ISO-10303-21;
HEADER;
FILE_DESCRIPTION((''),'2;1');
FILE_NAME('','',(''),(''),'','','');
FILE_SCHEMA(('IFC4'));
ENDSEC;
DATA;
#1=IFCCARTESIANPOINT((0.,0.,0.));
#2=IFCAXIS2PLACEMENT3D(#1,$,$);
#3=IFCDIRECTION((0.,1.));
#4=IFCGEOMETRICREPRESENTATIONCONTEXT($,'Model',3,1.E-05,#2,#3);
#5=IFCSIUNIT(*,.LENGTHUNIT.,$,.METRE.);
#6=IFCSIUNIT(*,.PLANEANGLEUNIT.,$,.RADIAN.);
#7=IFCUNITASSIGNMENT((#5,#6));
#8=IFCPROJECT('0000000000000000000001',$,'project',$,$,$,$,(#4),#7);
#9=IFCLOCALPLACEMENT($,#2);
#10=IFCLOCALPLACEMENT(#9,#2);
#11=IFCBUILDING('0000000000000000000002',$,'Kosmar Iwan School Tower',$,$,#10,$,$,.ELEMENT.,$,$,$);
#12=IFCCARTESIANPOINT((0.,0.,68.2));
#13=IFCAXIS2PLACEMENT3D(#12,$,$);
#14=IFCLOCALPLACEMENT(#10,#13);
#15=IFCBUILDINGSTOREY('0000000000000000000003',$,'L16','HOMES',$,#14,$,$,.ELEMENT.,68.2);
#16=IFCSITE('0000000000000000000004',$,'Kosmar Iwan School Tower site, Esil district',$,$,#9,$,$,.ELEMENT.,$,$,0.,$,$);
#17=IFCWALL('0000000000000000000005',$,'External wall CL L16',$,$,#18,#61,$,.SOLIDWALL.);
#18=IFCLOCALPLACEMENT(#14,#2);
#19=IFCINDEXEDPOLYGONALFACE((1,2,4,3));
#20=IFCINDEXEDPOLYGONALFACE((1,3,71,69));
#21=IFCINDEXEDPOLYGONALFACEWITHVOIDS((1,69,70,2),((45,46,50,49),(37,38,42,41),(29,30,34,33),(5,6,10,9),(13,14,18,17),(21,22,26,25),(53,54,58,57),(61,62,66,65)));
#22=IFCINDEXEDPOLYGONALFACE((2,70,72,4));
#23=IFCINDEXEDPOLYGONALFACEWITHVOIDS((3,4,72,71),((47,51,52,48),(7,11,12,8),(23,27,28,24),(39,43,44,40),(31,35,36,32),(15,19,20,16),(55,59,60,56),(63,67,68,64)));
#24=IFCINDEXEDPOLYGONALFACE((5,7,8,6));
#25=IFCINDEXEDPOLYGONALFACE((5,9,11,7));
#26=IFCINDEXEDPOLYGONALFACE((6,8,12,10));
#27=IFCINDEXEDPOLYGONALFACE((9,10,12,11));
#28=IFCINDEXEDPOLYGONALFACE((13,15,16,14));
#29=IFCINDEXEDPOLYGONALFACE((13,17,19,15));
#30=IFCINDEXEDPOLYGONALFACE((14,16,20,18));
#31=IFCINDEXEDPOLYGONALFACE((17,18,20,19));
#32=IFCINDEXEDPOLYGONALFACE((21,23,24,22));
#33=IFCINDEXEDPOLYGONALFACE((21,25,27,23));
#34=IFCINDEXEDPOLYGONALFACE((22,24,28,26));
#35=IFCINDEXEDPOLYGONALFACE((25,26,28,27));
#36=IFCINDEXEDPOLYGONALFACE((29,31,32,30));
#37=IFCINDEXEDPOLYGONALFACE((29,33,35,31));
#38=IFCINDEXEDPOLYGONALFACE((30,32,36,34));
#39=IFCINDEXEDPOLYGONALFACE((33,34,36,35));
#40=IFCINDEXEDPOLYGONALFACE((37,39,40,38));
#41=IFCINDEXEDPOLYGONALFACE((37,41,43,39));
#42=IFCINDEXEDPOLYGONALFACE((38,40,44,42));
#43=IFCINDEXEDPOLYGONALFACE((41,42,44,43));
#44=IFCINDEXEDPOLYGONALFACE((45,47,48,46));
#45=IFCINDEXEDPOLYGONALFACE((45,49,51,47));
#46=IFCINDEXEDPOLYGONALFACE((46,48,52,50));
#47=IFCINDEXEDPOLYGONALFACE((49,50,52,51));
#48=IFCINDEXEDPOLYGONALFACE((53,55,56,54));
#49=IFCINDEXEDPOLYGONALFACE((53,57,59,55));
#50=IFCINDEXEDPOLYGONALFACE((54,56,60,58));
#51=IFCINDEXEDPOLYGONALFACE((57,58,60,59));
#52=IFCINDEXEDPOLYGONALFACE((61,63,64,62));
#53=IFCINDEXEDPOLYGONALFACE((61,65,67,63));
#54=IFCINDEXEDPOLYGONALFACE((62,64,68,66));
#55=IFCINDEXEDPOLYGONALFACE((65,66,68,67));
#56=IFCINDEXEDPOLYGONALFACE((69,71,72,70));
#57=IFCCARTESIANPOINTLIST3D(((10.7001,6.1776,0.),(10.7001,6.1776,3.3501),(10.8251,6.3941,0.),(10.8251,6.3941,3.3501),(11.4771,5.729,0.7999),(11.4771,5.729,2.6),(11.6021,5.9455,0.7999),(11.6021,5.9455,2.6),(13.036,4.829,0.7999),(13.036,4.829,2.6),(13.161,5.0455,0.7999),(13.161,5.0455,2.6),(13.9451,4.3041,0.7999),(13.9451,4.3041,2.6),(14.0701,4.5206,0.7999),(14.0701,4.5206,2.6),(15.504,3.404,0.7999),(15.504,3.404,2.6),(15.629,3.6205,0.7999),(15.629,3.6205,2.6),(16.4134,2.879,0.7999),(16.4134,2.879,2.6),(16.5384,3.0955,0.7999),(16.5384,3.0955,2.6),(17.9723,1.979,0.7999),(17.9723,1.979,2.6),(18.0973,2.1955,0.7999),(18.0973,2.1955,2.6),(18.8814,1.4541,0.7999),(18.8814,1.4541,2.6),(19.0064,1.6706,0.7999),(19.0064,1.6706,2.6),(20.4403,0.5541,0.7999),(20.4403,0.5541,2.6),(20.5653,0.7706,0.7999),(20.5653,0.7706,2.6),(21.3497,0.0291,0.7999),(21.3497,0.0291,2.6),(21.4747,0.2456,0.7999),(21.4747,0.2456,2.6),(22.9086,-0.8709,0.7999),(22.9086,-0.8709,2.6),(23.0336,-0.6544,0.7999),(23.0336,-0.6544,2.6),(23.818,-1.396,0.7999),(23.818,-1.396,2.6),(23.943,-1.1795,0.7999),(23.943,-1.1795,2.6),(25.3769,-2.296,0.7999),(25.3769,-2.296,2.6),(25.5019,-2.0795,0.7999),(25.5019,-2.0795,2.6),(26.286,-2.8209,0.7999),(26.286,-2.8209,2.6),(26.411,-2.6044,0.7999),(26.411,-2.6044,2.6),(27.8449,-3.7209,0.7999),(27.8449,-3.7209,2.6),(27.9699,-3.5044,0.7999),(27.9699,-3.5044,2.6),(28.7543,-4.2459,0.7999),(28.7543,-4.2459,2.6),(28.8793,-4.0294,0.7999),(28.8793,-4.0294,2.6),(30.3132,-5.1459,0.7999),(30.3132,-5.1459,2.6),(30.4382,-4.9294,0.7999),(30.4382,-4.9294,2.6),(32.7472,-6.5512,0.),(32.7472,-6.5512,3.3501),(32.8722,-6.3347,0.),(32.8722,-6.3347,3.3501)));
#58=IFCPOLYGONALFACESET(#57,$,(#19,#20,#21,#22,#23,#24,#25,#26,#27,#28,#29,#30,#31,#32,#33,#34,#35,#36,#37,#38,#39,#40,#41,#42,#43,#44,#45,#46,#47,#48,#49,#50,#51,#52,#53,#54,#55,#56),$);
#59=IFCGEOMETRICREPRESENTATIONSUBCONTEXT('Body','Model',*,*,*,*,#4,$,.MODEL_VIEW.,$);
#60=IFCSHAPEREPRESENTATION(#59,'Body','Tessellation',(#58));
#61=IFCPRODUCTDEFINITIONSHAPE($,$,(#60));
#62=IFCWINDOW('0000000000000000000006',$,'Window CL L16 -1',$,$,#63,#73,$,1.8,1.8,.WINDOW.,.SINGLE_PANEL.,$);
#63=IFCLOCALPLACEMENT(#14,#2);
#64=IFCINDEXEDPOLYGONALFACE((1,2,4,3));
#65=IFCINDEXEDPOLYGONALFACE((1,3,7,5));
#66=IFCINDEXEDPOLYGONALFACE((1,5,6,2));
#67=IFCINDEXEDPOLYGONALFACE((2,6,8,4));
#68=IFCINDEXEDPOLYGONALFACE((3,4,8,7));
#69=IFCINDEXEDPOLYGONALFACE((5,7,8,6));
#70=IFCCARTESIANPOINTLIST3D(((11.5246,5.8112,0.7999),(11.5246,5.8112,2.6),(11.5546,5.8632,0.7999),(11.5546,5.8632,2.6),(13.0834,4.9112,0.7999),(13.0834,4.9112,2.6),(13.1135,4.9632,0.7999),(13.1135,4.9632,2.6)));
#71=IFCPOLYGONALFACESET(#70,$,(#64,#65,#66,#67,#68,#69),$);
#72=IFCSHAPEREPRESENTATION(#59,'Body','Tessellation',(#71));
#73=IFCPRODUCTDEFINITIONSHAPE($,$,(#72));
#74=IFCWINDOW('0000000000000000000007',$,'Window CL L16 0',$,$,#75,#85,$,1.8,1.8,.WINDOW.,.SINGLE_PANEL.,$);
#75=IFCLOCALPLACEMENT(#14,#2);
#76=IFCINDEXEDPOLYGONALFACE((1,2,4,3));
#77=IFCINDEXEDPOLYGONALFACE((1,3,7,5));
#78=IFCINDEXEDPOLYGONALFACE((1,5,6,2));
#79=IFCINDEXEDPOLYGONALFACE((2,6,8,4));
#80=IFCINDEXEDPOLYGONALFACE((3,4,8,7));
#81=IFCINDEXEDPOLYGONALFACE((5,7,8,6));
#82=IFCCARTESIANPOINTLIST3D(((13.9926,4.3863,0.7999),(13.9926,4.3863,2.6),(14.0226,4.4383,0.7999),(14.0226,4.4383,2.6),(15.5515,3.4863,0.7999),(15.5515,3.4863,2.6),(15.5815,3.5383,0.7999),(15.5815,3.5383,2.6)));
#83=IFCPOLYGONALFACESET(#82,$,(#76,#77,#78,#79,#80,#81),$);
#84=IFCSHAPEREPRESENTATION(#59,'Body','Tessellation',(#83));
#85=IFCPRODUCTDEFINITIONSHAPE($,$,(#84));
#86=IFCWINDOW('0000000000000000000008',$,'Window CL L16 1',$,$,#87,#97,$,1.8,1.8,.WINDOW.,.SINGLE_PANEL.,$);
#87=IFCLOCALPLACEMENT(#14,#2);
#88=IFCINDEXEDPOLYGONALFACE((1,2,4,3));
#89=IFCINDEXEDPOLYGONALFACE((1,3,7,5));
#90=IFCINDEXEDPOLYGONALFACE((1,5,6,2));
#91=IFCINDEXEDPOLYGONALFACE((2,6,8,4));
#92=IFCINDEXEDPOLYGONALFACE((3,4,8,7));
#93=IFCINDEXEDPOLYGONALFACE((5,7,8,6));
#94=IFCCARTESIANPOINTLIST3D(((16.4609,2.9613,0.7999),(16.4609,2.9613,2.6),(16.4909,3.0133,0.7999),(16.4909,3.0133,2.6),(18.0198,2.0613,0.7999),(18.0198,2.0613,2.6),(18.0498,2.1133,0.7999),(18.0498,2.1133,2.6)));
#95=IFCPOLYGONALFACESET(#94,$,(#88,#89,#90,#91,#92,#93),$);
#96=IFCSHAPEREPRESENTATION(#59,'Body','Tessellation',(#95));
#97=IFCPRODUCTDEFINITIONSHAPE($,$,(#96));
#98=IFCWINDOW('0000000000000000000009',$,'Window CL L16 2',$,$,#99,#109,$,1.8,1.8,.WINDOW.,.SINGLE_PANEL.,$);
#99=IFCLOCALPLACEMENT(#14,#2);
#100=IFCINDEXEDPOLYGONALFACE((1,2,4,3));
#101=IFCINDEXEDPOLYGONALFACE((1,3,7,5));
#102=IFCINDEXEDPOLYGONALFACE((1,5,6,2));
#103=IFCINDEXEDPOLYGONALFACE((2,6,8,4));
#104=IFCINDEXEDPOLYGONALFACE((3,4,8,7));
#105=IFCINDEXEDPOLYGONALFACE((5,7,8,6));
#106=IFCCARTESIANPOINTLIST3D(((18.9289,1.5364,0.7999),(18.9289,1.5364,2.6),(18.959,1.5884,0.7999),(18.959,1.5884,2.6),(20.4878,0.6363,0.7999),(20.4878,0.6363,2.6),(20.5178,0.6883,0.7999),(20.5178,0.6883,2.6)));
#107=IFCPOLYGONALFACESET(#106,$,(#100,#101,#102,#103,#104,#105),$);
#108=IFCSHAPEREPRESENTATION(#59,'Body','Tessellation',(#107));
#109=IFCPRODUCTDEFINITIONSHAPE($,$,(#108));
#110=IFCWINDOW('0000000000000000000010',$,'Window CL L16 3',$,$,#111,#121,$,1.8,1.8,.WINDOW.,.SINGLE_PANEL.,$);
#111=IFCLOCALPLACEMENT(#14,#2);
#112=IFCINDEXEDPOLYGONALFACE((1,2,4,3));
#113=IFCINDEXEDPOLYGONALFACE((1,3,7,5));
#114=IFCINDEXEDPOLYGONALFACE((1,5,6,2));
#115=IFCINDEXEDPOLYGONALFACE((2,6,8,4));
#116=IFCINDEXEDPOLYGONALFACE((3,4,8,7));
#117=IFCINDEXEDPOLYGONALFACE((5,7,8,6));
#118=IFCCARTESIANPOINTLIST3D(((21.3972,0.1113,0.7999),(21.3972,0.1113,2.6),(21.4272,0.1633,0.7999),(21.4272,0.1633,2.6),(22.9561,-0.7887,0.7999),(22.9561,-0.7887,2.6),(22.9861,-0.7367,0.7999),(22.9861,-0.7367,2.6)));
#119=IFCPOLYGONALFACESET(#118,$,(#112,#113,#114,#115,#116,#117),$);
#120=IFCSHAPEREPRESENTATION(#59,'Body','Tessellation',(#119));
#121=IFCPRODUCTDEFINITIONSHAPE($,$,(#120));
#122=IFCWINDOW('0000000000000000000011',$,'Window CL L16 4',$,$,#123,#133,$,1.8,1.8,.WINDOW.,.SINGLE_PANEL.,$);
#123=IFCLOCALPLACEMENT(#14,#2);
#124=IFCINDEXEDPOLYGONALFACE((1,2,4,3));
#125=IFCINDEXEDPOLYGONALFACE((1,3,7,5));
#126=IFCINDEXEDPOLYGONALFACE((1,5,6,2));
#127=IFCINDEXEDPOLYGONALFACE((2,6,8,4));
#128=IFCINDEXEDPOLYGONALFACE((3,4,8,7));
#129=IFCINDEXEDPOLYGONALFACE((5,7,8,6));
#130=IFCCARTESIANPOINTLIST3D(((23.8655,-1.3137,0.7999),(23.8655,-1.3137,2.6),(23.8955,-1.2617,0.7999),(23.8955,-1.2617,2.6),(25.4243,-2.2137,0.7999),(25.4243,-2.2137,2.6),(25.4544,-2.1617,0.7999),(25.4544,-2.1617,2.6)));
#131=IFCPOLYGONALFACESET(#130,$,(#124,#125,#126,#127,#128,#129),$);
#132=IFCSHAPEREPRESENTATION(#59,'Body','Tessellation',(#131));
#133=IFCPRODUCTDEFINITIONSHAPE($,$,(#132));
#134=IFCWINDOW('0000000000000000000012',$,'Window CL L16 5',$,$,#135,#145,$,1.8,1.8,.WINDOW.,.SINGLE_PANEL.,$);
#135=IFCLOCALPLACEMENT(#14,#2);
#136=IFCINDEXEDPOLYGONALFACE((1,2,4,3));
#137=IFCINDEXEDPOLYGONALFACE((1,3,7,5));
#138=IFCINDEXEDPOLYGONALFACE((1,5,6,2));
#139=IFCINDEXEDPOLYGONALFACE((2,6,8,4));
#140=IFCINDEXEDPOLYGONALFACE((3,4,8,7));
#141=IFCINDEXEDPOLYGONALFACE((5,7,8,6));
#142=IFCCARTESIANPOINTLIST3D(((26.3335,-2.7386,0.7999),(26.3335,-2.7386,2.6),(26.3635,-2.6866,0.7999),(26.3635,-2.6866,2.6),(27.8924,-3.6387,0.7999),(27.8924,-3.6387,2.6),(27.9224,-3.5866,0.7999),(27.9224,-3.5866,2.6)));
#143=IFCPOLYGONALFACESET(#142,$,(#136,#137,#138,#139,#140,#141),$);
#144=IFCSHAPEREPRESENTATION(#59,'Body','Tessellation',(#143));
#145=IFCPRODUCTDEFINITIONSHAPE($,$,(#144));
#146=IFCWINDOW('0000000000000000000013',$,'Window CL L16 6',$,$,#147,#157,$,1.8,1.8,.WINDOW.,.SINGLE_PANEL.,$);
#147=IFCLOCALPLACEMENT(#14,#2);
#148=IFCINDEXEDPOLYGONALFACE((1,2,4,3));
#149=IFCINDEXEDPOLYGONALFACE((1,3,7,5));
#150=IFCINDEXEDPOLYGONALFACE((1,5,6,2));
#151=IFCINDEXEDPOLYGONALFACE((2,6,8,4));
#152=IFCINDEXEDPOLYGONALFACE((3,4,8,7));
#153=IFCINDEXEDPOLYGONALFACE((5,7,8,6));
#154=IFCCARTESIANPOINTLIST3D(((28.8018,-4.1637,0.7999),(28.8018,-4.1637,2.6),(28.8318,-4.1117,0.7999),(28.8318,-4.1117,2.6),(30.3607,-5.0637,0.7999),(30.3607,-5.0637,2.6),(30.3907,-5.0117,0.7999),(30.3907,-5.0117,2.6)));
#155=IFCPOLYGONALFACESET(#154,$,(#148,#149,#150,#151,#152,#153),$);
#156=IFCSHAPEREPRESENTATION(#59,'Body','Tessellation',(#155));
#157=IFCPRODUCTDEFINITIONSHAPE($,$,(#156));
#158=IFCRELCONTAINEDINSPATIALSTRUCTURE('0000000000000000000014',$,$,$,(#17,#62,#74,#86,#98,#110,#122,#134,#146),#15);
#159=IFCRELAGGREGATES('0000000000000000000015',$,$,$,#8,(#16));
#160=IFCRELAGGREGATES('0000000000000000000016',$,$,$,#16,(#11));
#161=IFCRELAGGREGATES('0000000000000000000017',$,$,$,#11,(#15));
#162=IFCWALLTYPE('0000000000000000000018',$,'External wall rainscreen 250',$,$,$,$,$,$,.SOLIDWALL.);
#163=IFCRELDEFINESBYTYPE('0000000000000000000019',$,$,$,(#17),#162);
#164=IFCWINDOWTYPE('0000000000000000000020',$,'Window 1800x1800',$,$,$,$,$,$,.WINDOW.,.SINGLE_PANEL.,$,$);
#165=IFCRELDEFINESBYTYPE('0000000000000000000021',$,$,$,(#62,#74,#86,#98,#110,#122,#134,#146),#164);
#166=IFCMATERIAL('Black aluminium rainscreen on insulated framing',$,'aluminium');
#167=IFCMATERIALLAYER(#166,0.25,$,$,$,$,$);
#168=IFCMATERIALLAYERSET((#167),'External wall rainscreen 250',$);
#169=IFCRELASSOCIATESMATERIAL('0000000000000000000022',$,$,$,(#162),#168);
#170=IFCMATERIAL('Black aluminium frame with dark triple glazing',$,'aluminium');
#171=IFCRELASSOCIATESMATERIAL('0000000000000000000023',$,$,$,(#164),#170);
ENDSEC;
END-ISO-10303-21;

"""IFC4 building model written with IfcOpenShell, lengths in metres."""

from ifc_helpers import new_model, si_unit, direction, frame, frame_2d, origin, place, context, subcontext, project, spatial, rectangle, extrude, material, layer, layer_set, type_object, element, fill, save


model = new_model("IFC4")

# Units and contexts
model_context = context("Model", 3, precision=1e-05, world=origin(), true_north=direction((0.0, 1.0)))
body_context = subcontext(model_context, "Body", "Model", "MODEL_VIEW")
ifc_project = project(units=[si_unit("LENGTHUNIT", "METRE"), si_unit("PLANEANGLEUNIT", "RADIAN")], contexts=[model_context])

# Site, building, storey
site_placement = place(None, origin())
site = spatial("IfcSite", under=ifc_project, at=site_placement, Name="Kosmar Iwan School Tower site, Esil district", CompositionType="ELEMENT", RefElevation=0.0)
building_placement = place(site_placement, origin())
building = spatial("IfcBuilding", under=site, at=building_placement, Name="Kosmar Iwan School Tower", CompositionType="ELEMENT")
storey_placement = place(building_placement, frame((0.0, 0.0, 68.2)))
storey = spatial("IfcBuildingStorey", under=building, at=storey_placement, Name="L16", Description="HOMES", CompositionType="ELEMENT", Elevation=68.2)

# Wall, openings, windows
ifc_material_1 = material(Name="Black aluminium rainscreen on insulated framing", Category="aluminium")
ifc_layer_1 = layer(ifc_material_1, 0.25)
ifc_layer_set_1 = layer_set([ifc_layer_1], Name="External wall rainscreen 250")
wall_type_1 = type_object("IfcWallType", Name="External wall rainscreen 250", PredefinedType="SOLIDWALL", material=ifc_layer_set_1)
wall_1_placement = place(storey_placement, frame((10.7625, 6.2859, 0.0), z_axis=(0.0, 0.0, 1.0), x_axis=(0.866028, -0.499996, 0.0)))
wall_1 = element("IfcWall", 1, at=wall_1_placement, inside=storey, type_object=wall_type_1, Name="External wall CL L16", PredefinedType="SOLIDWALL", context=body_context, shape_type="SweptSolid", body=[
    extrude(rectangle(XDim=25.4578, YDim=0.25, at=frame_2d((12.729, 0.0))), origin(), (0.0, 0.0, 1.0), 3.3501),
])
opening_1_placement = place(wall_1_placement, frame((0.8975, 0.0, 0.8)))
opening_1 = element("IfcOpeningElement", 2, at=opening_1_placement, cuts=wall_1, PredefinedType="OPENING", context=body_context, shape_type="SweptSolid", body=[
    extrude(rectangle(XDim=1.8, YDim=1.8, at=frame_2d((0.8999, 0.8999))), frame((0.0, 0.137, 0.0), z_axis=(0.0, -1.0, 0.0), x_axis=(1.0, 0.0, 0.0)), (0.0, 0.0, 1.0), 0.2739),
])
opening_2_placement = place(wall_1_placement, frame((3.7473, 0.0, 0.8)))
opening_2 = element("IfcOpeningElement", 3, at=opening_2_placement, cuts=wall_1, PredefinedType="OPENING", context=body_context, shape_type="SweptSolid", body=[
    extrude(rectangle(XDim=1.8, YDim=1.8, at=frame_2d((0.8999, 0.8999))), frame((0.0, 0.137, 0.0), z_axis=(0.0, -1.0, 0.0), x_axis=(1.0, 0.0, 0.0)), (0.0, 0.0, 1.0), 0.2739),
])
opening_3_placement = place(wall_1_placement, frame((6.5974, 0.0, 0.8)))
opening_3 = element("IfcOpeningElement", 4, at=opening_3_placement, cuts=wall_1, PredefinedType="OPENING", context=body_context, shape_type="SweptSolid", body=[
    extrude(rectangle(XDim=1.8, YDim=1.8, at=frame_2d((0.8999, 0.8999))), frame((0.0, 0.137, 0.0), z_axis=(0.0, -1.0, 0.0), x_axis=(1.0, 0.0, 0.0)), (0.0, 0.0, 1.0), 0.2739),
])
opening_4_placement = place(wall_1_placement, frame((9.4473, 0.0, 0.8)))
opening_4 = element("IfcOpeningElement", 5, at=opening_4_placement, cuts=wall_1, PredefinedType="OPENING", context=body_context, shape_type="SweptSolid", body=[
    extrude(rectangle(XDim=1.8, YDim=1.8, at=frame_2d((0.8999, 0.8999))), frame((0.0, 0.137, 0.0), z_axis=(0.0, -1.0, 0.0), x_axis=(1.0, 0.0, 0.0)), (0.0, 0.0, 1.0), 0.2739),
])
opening_5_placement = place(wall_1_placement, frame((12.2974, 0.0, 0.8)))
opening_5 = element("IfcOpeningElement", 6, at=opening_5_placement, cuts=wall_1, PredefinedType="OPENING", context=body_context, shape_type="SweptSolid", body=[
    extrude(rectangle(XDim=1.8, YDim=1.8, at=frame_2d((0.8999, 0.8999))), frame((0.0, 0.137, 0.0), z_axis=(0.0, -1.0, 0.0), x_axis=(1.0, 0.0, 0.0)), (0.0, 0.0, 1.0), 0.2739),
])
opening_6_placement = place(wall_1_placement, frame((15.1475, 0.0, 0.8)))
opening_6 = element("IfcOpeningElement", 7, at=opening_6_placement, cuts=wall_1, PredefinedType="OPENING", context=body_context, shape_type="SweptSolid", body=[
    extrude(rectangle(XDim=1.8, YDim=1.8, at=frame_2d((0.8999, 0.8999))), frame((0.0, 0.137, 0.0), z_axis=(0.0, -1.0, 0.0), x_axis=(1.0, 0.0, 0.0)), (0.0, 0.0, 1.0), 0.2739),
])
opening_7_placement = place(wall_1_placement, frame((17.9973, 0.0, 0.8)))
opening_7 = element("IfcOpeningElement", 8, at=opening_7_placement, cuts=wall_1, PredefinedType="OPENING", context=body_context, shape_type="SweptSolid", body=[
    extrude(rectangle(XDim=1.8, YDim=1.8, at=frame_2d((0.8999, 0.8999))), frame((0.0, 0.137, 0.0), z_axis=(0.0, -1.0, 0.0), x_axis=(1.0, 0.0, 0.0)), (0.0, 0.0, 1.0), 0.2739),
])
opening_8_placement = place(wall_1_placement, frame((20.8474, 0.0, 0.8)))
opening_8 = element("IfcOpeningElement", 9, at=opening_8_placement, cuts=wall_1, PredefinedType="OPENING", context=body_context, shape_type="SweptSolid", body=[
    extrude(rectangle(XDim=1.8, YDim=1.8, at=frame_2d((0.8999, 0.8999))), frame((0.0, 0.137, 0.0), z_axis=(0.0, -1.0, 0.0), x_axis=(1.0, 0.0, 0.0)), (0.0, 0.0, 1.0), 0.2739),
])
ifc_material_2 = material(Name="Black aluminium frame with dark triple glazing", Category="aluminium")
window_type = type_object("IfcWindowType", Name="Window 1800x1800", PartitioningType="SINGLE_PANEL", PredefinedType="WINDOW", material=ifc_material_2)
window_1_placement = place(opening_1_placement, origin())
window_1 = element("IfcWindow", 10, at=window_1_placement, inside=storey, type_object=window_type, Name="Window CL L16 -1", OverallHeight=1.8, OverallWidth=1.8, PartitioningType="SINGLE_PANEL", PredefinedType="WINDOW", context=body_context, shape_type="SweptSolid", body=[
    extrude(rectangle(XDim=1.8, YDim=1.8, at=frame_2d((0.8999, 0.8999))), frame((0.0, 0.03, 0.0), z_axis=(0.0, -1.0, 0.0), x_axis=(1.0, 0.0, 0.0)), (0.0, 0.0, 1.0), 0.0601),
])
fill(opening_1, window_1)
window_2_placement = place(opening_2_placement, origin())
window_2 = element("IfcWindow", 11, at=window_2_placement, inside=storey, type_object=window_type, Name="Window CL L16 0", OverallHeight=1.8, OverallWidth=1.8, PartitioningType="SINGLE_PANEL", PredefinedType="WINDOW", context=body_context, shape_type="SweptSolid", body=[
    extrude(rectangle(XDim=1.8, YDim=1.8, at=frame_2d((0.8999, 0.8999))), frame((0.0, 0.03, 0.0), z_axis=(0.0, -1.0, 0.0), x_axis=(1.0, 0.0, 0.0)), (0.0, 0.0, 1.0), 0.0601),
])
fill(opening_2, window_2)
window_3_placement = place(opening_3_placement, origin())
window_3 = element("IfcWindow", 12, at=window_3_placement, inside=storey, type_object=window_type, Name="Window CL L16 1", OverallHeight=1.8, OverallWidth=1.8, PartitioningType="SINGLE_PANEL", PredefinedType="WINDOW", context=body_context, shape_type="SweptSolid", body=[
    extrude(rectangle(XDim=1.8, YDim=1.8, at=frame_2d((0.8999, 0.8999))), frame((0.0, 0.03, 0.0), z_axis=(0.0, -1.0, 0.0), x_axis=(1.0, 0.0, 0.0)), (0.0, 0.0, 1.0), 0.0601),
])
fill(opening_3, window_3)
window_4_placement = place(opening_4_placement, origin())
window_4 = element("IfcWindow", 13, at=window_4_placement, inside=storey, type_object=window_type, Name="Window CL L16 2", OverallHeight=1.8, OverallWidth=1.8, PartitioningType="SINGLE_PANEL", PredefinedType="WINDOW", context=body_context, shape_type="SweptSolid", body=[
    extrude(rectangle(XDim=1.8, YDim=1.8, at=frame_2d((0.8999, 0.8999))), frame((0.0, 0.03, 0.0), z_axis=(0.0, -1.0, 0.0), x_axis=(1.0, 0.0, 0.0)), (0.0, 0.0, 1.0), 0.0601),
])
fill(opening_4, window_4)
window_5_placement = place(opening_5_placement, origin())
window_5 = element("IfcWindow", 14, at=window_5_placement, inside=storey, type_object=window_type, Name="Window CL L16 3", OverallHeight=1.8, OverallWidth=1.8, PartitioningType="SINGLE_PANEL", PredefinedType="WINDOW", context=body_context, shape_type="SweptSolid", body=[
    extrude(rectangle(XDim=1.8, YDim=1.8, at=frame_2d((0.8999, 0.8999))), frame((0.0, 0.03, 0.0), z_axis=(0.0, -1.0, 0.0), x_axis=(1.0, 0.0, 0.0)), (0.0, 0.0, 1.0), 0.0601),
])
fill(opening_5, window_5)
window_6_placement = place(opening_6_placement, origin())
window_6 = element("IfcWindow", 15, at=window_6_placement, inside=storey, type_object=window_type, Name="Window CL L16 4", OverallHeight=1.8, OverallWidth=1.8, PartitioningType="SINGLE_PANEL", PredefinedType="WINDOW", context=body_context, shape_type="SweptSolid", body=[
    extrude(rectangle(XDim=1.8, YDim=1.8, at=frame_2d((0.8999, 0.8999))), frame((0.0, 0.03, 0.0), z_axis=(0.0, -1.0, 0.0), x_axis=(1.0, 0.0, 0.0)), (0.0, 0.0, 1.0), 0.0601),
])
fill(opening_6, window_6)
window_7_placement = place(opening_7_placement, origin())
window_7 = element("IfcWindow", 16, at=window_7_placement, inside=storey, type_object=window_type, Name="Window CL L16 5", OverallHeight=1.8, OverallWidth=1.8, PartitioningType="SINGLE_PANEL", PredefinedType="WINDOW", context=body_context, shape_type="SweptSolid", body=[
    extrude(rectangle(XDim=1.8, YDim=1.8, at=frame_2d((0.8999, 0.8999))), frame((0.0, 0.03, 0.0), z_axis=(0.0, -1.0, 0.0), x_axis=(1.0, 0.0, 0.0)), (0.0, 0.0, 1.0), 0.0601),
])
fill(opening_7, window_7)
window_8_placement = place(opening_8_placement, origin())
window_8 = element("IfcWindow", 17, at=window_8_placement, inside=storey, type_object=window_type, Name="Window CL L16 6", OverallHeight=1.8, OverallWidth=1.8, PartitioningType="SINGLE_PANEL", PredefinedType="WINDOW", context=body_context, shape_type="SweptSolid", body=[
    extrude(rectangle(XDim=1.8, YDim=1.8, at=frame_2d((0.8999, 0.8999))), frame((0.0, 0.03, 0.0), z_axis=(0.0, -1.0, 0.0), x_axis=(1.0, 0.0, 0.0)), (0.0, 0.0, 1.0), 0.0601),
])
fill(opening_8, window_8)

save(model, "model.ifc")
